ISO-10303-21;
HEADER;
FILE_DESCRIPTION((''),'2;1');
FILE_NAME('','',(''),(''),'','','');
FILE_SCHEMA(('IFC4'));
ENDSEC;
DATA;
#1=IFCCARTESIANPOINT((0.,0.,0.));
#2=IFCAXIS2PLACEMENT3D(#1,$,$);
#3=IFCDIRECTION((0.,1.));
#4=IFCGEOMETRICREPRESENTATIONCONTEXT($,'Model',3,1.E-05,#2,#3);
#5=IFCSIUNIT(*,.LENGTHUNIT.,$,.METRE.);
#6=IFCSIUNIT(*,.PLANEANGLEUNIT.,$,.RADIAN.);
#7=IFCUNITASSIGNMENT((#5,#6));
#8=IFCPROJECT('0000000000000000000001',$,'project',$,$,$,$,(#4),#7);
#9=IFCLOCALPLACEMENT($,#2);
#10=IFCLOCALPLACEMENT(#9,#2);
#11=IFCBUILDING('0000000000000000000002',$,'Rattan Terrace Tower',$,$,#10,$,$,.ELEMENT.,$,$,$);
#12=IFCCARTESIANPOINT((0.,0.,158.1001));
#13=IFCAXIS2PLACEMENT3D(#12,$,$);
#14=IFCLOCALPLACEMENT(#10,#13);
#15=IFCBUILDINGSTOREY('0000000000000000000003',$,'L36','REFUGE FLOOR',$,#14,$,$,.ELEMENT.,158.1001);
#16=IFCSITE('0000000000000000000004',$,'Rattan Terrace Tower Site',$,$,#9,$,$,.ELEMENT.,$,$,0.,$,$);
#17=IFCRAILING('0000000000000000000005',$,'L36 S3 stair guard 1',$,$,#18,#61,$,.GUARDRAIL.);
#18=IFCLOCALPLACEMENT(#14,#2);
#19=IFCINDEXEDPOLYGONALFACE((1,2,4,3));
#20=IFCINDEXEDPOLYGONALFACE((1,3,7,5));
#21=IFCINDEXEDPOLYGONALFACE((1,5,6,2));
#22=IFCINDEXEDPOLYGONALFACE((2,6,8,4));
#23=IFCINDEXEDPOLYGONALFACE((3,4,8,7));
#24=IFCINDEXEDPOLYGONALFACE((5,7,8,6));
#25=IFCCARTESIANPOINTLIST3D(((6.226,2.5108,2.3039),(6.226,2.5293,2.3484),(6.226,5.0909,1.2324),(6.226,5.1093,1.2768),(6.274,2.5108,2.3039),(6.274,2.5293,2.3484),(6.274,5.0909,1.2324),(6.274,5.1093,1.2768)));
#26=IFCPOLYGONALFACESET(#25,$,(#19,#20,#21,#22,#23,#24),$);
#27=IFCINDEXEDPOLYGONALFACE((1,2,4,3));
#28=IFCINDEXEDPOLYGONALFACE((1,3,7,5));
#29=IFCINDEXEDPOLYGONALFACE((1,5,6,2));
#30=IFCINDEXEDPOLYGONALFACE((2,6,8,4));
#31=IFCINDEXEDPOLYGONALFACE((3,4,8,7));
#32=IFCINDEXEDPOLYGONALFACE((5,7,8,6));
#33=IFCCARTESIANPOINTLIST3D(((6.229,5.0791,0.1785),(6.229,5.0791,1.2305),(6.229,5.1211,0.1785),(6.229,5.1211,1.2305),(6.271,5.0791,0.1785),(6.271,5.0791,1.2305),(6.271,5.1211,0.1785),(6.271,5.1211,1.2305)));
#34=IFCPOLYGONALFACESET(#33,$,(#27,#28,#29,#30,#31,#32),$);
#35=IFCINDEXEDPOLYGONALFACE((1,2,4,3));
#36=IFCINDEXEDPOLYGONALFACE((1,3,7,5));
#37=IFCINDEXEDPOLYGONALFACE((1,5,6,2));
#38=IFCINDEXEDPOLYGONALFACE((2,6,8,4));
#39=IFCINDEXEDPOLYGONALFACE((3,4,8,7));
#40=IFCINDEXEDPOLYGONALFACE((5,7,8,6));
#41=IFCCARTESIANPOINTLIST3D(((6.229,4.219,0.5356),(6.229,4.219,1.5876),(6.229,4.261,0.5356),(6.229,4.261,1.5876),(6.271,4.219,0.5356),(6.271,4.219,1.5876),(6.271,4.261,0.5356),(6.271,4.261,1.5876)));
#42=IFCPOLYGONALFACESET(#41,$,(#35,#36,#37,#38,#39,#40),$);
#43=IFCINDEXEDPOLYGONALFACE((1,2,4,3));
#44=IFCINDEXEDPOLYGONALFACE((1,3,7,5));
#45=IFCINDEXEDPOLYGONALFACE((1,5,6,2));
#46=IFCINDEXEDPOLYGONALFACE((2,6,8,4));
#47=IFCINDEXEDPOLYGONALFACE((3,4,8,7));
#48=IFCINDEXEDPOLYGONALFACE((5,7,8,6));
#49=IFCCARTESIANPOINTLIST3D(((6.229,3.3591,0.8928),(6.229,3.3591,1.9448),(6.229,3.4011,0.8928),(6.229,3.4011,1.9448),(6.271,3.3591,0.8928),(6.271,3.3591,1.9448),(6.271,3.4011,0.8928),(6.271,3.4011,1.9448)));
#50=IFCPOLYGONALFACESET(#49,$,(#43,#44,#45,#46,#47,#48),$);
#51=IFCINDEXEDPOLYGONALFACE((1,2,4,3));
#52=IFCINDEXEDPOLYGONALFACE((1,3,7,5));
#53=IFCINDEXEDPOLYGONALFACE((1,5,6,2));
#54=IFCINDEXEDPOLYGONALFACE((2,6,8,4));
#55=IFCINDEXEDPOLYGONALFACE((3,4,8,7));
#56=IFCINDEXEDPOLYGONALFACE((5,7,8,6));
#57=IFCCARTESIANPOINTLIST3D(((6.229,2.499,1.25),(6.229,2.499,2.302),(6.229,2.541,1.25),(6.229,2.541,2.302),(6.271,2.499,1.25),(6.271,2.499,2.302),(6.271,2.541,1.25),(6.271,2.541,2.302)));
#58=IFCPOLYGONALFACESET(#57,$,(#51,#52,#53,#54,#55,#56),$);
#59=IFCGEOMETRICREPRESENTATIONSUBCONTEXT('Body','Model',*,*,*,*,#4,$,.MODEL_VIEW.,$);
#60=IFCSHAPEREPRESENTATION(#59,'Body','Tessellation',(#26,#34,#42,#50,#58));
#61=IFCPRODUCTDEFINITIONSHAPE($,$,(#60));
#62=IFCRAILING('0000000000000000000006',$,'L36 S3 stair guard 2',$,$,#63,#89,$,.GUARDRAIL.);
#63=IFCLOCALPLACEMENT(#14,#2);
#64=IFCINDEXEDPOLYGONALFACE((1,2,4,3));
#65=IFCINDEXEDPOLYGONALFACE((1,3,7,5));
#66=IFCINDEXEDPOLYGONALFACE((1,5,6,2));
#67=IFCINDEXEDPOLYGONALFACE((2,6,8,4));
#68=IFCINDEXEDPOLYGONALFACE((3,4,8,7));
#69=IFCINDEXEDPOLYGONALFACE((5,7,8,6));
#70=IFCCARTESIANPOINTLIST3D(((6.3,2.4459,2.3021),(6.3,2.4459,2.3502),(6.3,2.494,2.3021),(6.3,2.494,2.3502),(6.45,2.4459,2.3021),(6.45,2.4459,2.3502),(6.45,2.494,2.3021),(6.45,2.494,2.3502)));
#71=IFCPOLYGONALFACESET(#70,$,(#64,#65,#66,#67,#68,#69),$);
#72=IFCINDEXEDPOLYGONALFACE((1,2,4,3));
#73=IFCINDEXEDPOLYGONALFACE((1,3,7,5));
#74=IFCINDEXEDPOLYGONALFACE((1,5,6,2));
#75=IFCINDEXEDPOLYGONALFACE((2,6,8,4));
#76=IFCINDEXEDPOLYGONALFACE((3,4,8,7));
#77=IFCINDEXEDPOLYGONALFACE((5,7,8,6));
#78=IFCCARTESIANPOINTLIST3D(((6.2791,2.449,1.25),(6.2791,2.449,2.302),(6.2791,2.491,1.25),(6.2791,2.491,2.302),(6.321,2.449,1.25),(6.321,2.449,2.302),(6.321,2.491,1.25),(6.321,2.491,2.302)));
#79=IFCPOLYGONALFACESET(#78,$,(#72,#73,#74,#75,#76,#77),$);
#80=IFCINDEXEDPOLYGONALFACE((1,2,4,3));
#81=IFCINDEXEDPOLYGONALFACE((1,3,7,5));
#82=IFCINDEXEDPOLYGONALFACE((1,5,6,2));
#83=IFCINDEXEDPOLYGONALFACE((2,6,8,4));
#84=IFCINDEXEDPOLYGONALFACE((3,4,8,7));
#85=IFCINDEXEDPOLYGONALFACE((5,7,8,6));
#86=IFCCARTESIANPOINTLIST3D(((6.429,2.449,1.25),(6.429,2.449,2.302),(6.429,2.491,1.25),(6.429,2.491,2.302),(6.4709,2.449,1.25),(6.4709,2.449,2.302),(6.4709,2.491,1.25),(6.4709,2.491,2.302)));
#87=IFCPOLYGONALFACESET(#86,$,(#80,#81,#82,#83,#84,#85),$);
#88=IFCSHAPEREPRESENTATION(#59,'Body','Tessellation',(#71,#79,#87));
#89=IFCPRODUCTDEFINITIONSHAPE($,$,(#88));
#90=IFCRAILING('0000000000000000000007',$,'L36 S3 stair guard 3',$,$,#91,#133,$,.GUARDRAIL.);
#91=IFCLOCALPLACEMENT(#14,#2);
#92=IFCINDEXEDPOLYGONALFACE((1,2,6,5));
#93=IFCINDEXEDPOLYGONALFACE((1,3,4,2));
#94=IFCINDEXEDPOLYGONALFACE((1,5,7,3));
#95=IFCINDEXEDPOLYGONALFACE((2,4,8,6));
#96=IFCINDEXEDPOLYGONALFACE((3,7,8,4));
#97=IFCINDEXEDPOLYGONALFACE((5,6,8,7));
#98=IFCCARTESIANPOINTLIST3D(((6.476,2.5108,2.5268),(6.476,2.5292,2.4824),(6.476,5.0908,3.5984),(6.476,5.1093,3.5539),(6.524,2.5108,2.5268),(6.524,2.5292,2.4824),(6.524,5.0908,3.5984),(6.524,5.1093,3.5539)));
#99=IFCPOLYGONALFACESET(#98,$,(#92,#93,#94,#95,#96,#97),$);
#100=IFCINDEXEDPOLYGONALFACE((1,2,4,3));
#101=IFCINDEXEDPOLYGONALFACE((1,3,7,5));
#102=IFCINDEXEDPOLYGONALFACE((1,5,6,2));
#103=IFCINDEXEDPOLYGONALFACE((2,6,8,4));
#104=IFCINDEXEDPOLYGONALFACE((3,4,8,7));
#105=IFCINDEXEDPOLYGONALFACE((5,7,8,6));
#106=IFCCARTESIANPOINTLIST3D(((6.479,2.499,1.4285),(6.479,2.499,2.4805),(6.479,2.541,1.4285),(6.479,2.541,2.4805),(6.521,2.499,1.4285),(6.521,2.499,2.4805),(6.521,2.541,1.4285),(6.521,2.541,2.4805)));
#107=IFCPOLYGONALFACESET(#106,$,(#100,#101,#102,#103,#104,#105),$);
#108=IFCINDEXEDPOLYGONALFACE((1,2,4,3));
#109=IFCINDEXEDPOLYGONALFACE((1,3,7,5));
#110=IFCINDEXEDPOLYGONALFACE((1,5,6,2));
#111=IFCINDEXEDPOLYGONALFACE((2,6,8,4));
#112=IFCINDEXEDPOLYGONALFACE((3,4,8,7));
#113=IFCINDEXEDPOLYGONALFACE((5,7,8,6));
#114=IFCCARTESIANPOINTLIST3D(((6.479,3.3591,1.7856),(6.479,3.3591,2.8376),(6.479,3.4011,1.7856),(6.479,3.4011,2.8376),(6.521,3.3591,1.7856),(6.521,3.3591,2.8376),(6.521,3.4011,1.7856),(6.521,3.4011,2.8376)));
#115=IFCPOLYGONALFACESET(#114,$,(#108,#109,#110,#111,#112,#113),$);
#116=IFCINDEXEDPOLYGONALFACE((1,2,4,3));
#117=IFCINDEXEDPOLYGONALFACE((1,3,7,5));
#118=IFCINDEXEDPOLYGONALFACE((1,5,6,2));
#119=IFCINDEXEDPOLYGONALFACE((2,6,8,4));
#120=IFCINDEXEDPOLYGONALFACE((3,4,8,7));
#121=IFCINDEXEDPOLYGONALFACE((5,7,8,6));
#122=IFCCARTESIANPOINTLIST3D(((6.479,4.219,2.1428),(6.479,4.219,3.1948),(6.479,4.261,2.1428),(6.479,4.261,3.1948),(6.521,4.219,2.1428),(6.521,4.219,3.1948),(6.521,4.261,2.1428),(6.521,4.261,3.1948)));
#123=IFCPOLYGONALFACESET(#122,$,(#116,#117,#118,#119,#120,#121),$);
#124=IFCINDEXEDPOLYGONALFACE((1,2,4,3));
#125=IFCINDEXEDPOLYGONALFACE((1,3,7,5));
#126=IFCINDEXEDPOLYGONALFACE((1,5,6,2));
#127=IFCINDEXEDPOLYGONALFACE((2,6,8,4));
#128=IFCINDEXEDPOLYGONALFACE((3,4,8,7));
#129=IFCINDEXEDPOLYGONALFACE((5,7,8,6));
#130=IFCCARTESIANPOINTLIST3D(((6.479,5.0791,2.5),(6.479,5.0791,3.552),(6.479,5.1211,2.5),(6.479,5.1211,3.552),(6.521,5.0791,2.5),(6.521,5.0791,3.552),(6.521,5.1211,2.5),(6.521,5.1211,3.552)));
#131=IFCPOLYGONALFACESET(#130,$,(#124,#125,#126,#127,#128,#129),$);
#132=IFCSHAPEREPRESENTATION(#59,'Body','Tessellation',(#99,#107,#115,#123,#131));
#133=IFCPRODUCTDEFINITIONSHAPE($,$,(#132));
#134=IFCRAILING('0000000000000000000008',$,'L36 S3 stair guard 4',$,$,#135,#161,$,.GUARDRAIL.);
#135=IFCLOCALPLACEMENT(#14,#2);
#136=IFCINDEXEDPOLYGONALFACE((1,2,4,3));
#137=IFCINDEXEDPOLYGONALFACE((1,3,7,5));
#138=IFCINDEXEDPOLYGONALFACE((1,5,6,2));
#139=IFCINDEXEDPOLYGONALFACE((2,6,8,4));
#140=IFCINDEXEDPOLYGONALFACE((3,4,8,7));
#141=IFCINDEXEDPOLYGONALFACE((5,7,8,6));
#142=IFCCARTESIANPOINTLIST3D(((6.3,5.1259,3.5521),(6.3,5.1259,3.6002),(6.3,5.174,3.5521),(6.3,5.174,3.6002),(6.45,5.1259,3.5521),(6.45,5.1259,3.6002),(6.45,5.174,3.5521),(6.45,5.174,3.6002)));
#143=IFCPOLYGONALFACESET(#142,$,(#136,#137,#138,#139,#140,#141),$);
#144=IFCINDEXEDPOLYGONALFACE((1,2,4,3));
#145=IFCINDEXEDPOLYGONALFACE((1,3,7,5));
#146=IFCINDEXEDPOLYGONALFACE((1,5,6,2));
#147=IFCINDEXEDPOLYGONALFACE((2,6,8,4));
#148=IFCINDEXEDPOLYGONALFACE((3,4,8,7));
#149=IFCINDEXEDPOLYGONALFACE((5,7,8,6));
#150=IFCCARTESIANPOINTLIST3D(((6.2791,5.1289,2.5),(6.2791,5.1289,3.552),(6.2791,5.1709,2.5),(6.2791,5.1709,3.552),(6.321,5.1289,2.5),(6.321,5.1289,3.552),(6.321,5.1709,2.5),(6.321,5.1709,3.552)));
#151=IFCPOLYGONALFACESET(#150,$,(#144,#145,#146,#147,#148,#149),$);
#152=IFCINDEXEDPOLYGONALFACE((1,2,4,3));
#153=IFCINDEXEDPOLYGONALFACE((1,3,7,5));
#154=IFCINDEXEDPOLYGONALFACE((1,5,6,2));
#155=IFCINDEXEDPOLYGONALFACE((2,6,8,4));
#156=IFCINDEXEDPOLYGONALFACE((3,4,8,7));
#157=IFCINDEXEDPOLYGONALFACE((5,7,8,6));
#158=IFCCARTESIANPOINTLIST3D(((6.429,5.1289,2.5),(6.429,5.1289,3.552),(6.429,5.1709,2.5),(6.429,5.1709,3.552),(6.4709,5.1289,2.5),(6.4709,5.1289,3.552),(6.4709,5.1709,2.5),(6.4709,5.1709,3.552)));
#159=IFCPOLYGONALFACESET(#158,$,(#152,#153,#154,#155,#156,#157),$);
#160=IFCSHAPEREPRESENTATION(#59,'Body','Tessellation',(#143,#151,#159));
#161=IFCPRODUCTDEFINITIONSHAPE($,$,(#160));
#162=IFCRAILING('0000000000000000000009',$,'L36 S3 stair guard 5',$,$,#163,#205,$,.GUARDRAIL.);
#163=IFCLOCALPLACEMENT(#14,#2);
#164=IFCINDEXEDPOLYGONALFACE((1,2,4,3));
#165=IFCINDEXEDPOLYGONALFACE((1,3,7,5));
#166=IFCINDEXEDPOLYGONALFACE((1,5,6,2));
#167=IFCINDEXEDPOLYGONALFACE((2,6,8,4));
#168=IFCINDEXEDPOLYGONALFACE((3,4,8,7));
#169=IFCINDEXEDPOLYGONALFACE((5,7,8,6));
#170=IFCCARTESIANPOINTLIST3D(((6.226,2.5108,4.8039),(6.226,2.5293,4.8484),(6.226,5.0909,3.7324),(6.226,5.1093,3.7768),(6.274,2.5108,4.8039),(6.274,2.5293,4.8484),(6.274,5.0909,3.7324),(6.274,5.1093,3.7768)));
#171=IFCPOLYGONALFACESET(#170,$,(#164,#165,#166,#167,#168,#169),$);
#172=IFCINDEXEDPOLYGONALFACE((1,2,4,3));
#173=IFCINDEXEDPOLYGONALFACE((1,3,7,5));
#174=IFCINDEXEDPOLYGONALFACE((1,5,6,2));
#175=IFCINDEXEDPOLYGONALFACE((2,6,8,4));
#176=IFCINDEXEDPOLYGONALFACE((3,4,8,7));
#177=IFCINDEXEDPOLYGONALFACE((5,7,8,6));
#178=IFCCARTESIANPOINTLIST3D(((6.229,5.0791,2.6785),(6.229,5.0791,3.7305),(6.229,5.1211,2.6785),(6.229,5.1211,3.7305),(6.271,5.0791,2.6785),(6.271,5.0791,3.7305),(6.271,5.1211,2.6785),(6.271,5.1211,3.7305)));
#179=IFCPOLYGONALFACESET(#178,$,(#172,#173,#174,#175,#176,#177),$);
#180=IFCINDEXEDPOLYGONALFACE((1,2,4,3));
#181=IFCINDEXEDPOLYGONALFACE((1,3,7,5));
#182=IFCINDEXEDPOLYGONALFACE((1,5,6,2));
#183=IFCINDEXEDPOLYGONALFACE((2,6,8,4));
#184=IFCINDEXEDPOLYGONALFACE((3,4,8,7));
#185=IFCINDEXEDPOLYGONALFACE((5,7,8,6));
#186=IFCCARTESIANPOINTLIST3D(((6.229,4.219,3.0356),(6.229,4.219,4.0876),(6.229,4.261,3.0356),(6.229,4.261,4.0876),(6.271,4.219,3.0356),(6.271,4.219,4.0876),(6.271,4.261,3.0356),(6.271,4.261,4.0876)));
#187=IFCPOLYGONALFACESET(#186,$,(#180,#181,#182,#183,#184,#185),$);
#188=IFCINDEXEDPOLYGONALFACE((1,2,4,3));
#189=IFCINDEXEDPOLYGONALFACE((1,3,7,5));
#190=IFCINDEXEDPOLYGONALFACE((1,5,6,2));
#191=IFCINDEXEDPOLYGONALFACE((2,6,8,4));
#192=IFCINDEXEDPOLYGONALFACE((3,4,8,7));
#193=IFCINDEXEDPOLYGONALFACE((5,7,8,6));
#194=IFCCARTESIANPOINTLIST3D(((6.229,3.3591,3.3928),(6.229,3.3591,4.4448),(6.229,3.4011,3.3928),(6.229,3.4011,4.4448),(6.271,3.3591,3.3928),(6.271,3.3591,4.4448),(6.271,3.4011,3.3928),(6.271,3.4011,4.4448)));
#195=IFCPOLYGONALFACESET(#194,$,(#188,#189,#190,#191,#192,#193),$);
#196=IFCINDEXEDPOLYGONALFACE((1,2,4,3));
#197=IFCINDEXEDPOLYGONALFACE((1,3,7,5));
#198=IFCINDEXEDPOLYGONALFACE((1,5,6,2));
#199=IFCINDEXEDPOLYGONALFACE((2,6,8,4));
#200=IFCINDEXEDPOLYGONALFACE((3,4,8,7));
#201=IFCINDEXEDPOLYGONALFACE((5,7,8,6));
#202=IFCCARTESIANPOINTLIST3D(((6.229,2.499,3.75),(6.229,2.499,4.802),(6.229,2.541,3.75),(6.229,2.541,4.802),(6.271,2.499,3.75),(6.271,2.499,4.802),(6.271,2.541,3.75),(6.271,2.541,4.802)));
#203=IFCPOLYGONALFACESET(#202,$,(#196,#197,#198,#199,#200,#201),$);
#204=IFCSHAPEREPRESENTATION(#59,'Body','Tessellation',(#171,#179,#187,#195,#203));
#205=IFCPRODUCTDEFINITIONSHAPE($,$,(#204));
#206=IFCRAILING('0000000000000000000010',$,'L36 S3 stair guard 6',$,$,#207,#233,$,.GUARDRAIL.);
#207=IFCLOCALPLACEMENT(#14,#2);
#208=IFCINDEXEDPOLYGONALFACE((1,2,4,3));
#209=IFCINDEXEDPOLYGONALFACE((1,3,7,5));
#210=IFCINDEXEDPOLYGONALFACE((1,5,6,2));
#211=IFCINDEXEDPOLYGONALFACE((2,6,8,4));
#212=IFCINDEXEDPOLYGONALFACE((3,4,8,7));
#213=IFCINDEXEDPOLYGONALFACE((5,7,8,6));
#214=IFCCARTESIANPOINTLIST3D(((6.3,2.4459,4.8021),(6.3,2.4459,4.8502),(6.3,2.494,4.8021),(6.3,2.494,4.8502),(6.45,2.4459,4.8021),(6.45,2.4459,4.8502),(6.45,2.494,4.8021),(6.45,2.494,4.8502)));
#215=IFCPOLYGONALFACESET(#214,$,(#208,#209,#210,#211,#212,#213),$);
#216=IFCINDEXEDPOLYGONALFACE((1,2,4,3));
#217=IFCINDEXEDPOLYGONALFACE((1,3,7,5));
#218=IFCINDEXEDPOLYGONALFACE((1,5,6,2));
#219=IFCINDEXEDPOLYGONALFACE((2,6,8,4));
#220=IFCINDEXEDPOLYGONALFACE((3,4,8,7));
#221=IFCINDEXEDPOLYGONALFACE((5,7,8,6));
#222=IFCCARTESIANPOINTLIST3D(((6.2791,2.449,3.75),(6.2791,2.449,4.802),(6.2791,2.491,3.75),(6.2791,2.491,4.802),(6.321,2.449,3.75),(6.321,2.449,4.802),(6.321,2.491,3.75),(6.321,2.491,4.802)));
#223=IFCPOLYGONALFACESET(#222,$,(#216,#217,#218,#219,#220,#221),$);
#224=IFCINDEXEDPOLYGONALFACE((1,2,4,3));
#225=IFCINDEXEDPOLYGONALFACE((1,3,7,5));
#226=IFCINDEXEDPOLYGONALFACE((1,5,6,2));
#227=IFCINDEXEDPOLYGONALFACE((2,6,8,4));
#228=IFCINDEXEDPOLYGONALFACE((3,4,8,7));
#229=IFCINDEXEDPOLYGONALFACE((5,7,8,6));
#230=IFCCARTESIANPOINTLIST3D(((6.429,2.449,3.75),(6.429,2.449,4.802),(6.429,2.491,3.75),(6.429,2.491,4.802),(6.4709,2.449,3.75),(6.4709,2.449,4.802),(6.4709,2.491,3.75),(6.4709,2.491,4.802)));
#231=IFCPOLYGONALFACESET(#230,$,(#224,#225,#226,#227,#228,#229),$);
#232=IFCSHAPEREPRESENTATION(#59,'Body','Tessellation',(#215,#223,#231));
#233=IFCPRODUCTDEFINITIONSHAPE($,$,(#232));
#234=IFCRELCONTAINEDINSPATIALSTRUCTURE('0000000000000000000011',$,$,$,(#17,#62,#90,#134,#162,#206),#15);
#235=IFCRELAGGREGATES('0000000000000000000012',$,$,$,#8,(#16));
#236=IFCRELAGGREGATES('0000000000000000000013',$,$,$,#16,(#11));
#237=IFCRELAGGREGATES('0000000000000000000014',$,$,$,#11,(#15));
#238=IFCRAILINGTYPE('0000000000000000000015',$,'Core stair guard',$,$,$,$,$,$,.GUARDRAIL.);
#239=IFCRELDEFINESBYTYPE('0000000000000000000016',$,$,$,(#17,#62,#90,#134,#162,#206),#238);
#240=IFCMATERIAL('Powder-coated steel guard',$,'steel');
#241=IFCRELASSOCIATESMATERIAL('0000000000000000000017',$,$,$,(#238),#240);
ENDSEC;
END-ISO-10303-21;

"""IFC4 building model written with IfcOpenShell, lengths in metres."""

from ifc_helpers import new_model, si_unit, direction, frame, origin, origin_2d, place, context, subcontext, project, spatial, rectangle, extrude, material, type_object, element, save


model = new_model("IFC4")

# Units and contexts
model_context = context("Model", 3, precision=1e-05, world=origin(), true_north=direction((0.0, 1.0)))
body_context = subcontext(model_context, "Body", "Model", "MODEL_VIEW")
ifc_project = project(units=[si_unit("LENGTHUNIT", "METRE"), si_unit("PLANEANGLEUNIT", "RADIAN")], contexts=[model_context])

# Site, building, storey
site_placement = place(None, origin())
site = spatial("IfcSite", under=ifc_project, at=site_placement, Name="Rattan Terrace Tower Site", CompositionType="ELEMENT", RefElevation=0.0)
building_placement = place(site_placement, origin())
building = spatial("IfcBuilding", under=site, at=building_placement, Name="Rattan Terrace Tower", CompositionType="ELEMENT")
storey_placement = place(building_placement, frame((0.0, 0.0, 158.1001)))
storey = spatial("IfcBuildingStorey", under=building, at=storey_placement, Name="L36", Description="REFUGE FLOOR", CompositionType="ELEMENT", Elevation=158.1001)

# Railings
ifc_material_1 = material(Name="Powder-coated steel guard", Category="steel")
railing_type_1 = type_object("IfcRailingType", Name="Core stair guard", PredefinedType="GUARDRAIL", material=ifc_material_1)
railing_1_placement = place(storey_placement, frame((6.25, 5.1001, 0.1785)))
element("IfcRailing", 1, at=railing_1_placement, inside=storey, type_object=railing_type_1, Name="L36 S3 stair guard 1", PredefinedType="GUARDRAIL", context=body_context, shape_type="SweptSolid", body=[
    extrude(rectangle(XDim=0.0481, YDim=0.0481, at=origin_2d()), frame((0.0, 0.0, 1.0762), z_axis=(0.0, -0.923521, 0.383548), x_axis=(1.0, 0.0, 0.0)), (0.0, 0.0, 1.0), 2.7937),
    extrude(rectangle(XDim=0.042, YDim=0.042, at=origin_2d()), origin(), (0.0, 0.0, 1.0), 1.052),
    extrude(rectangle(XDim=0.042, YDim=0.042, at=origin_2d()), frame((0.0, -0.8601, 0.3572)), (0.0, 0.0, 1.0), 1.052),
    extrude(rectangle(XDim=0.042, YDim=0.042, at=origin_2d()), frame((0.0, -1.72, 0.7144)), (0.0, 0.0, 1.0), 1.052),
    extrude(rectangle(XDim=0.042, YDim=0.042, at=origin_2d()), frame((0.0, -2.5801, 1.0715)), (0.0, 0.0, 1.0), 1.052),
])
railing_2_placement = place(storey_placement, frame((6.3, 2.47, 1.25)))
element("IfcRailing", 2, at=railing_2_placement, inside=storey, type_object=railing_type_1, Name="L36 S3 stair guard 2", PredefinedType="GUARDRAIL", context=body_context, shape_type="SweptSolid", body=[
    extrude(rectangle(XDim=0.0481, YDim=0.0481, at=origin_2d()), frame((0.0, 0.0, 1.0762), z_axis=(1.0, 0.0, 0.0), x_axis=(0.0, 1.0, 0.0)), (0.0, 0.0, 1.0), 0.1499),
    extrude(rectangle(XDim=0.042, YDim=0.042, at=origin_2d()), origin(), (0.0, 0.0, 1.0), 1.052),
    extrude(rectangle(XDim=0.042, YDim=0.042, at=origin_2d()), frame((0.1499, 0.0, 0.0)), (0.0, 0.0, 1.0), 1.052),
])
railing_3_placement = place(storey_placement, frame((6.5, 2.52, 1.4285)))
element("IfcRailing", 3, at=railing_3_placement, inside=storey, type_object=railing_type_1, Name="L36 S3 stair guard 3", PredefinedType="GUARDRAIL", context=body_context, shape_type="SweptSolid", body=[
    extrude(rectangle(XDim=0.0481, YDim=0.0481, at=origin_2d()), frame((0.0, 0.0, 1.0762), z_axis=(0.0, 0.923521, 0.383548), x_axis=(-1.0, 0.0, 0.0)), (0.0, 0.0, 1.0), 2.7937),
    extrude(rectangle(XDim=0.042, YDim=0.042, at=origin_2d()), origin(), (0.0, 0.0, 1.0), 1.052),
    extrude(rectangle(XDim=0.042, YDim=0.042, at=origin_2d()), frame((0.0, 0.8601, 0.3572)), (0.0, 0.0, 1.0), 1.052),
    extrude(rectangle(XDim=0.042, YDim=0.042, at=origin_2d()), frame((0.0, 1.72, 0.7144)), (0.0, 0.0, 1.0), 1.052),
    extrude(rectangle(XDim=0.042, YDim=0.042, at=origin_2d()), frame((0.0, 2.5801, 1.0715)), (0.0, 0.0, 1.0), 1.052),
])
railing_4_placement = place(storey_placement, frame((6.3, 5.1499, 2.5)))
element("IfcRailing", 4, at=railing_4_placement, inside=storey, type_object=railing_type_1, Name="L36 S3 stair guard 4", PredefinedType="GUARDRAIL", context=body_context, shape_type="SweptSolid", body=[
    extrude(rectangle(XDim=0.0481, YDim=0.0481, at=origin_2d()), frame((0.0, 0.0, 1.0762), z_axis=(1.0, 0.0, 0.0), x_axis=(0.0, 1.0, 0.0)), (0.0, 0.0, 1.0), 0.1499),
    extrude(rectangle(XDim=0.042, YDim=0.042, at=origin_2d()), origin(), (0.0, 0.0, 1.0), 1.052),
    extrude(rectangle(XDim=0.042, YDim=0.042, at=origin_2d()), frame((0.1499, 0.0, 0.0)), (0.0, 0.0, 1.0), 1.052),
])
railing_5_placement = place(storey_placement, frame((6.25, 5.1001, 2.6785)))
element("IfcRailing", 5, at=railing_5_placement, inside=storey, type_object=railing_type_1, Name="L36 S3 stair guard 5", PredefinedType="GUARDRAIL", context=body_context, shape_type="SweptSolid", body=[
    extrude(rectangle(XDim=0.0481, YDim=0.0481, at=origin_2d()), frame((0.0, 0.0, 1.0762), z_axis=(0.0, -0.923521, 0.383548), x_axis=(1.0, 0.0, 0.0)), (0.0, 0.0, 1.0), 2.7937),
    extrude(rectangle(XDim=0.042, YDim=0.042, at=origin_2d()), origin(), (0.0, 0.0, 1.0), 1.052),
    extrude(rectangle(XDim=0.042, YDim=0.042, at=origin_2d()), frame((0.0, -0.8601, 0.3572)), (0.0, 0.0, 1.0), 1.052),
    extrude(rectangle(XDim=0.042, YDim=0.042, at=origin_2d()), frame((0.0, -1.72, 0.7144)), (0.0, 0.0, 1.0), 1.052),
    extrude(rectangle(XDim=0.042, YDim=0.042, at=origin_2d()), frame((0.0, -2.5801, 1.0715)), (0.0, 0.0, 1.0), 1.052),
])
railing_6_placement = place(storey_placement, frame((6.3, 2.47, 3.75)))
element("IfcRailing", 6, at=railing_6_placement, inside=storey, type_object=railing_type_1, Name="L36 S3 stair guard 6", PredefinedType="GUARDRAIL", context=body_context, shape_type="SweptSolid", body=[
    extrude(rectangle(XDim=0.0481, YDim=0.0481, at=origin_2d()), frame((0.0, 0.0, 1.0762), z_axis=(1.0, 0.0, 0.0), x_axis=(0.0, 1.0, 0.0)), (0.0, 0.0, 1.0), 0.1499),
    extrude(rectangle(XDim=0.042, YDim=0.042, at=origin_2d()), origin(), (0.0, 0.0, 1.0), 1.052),
    extrude(rectangle(XDim=0.042, YDim=0.042, at=origin_2d()), frame((0.1499, 0.0, 0.0)), (0.0, 0.0, 1.0), 1.052),
])

save(model, "model.ifc")
